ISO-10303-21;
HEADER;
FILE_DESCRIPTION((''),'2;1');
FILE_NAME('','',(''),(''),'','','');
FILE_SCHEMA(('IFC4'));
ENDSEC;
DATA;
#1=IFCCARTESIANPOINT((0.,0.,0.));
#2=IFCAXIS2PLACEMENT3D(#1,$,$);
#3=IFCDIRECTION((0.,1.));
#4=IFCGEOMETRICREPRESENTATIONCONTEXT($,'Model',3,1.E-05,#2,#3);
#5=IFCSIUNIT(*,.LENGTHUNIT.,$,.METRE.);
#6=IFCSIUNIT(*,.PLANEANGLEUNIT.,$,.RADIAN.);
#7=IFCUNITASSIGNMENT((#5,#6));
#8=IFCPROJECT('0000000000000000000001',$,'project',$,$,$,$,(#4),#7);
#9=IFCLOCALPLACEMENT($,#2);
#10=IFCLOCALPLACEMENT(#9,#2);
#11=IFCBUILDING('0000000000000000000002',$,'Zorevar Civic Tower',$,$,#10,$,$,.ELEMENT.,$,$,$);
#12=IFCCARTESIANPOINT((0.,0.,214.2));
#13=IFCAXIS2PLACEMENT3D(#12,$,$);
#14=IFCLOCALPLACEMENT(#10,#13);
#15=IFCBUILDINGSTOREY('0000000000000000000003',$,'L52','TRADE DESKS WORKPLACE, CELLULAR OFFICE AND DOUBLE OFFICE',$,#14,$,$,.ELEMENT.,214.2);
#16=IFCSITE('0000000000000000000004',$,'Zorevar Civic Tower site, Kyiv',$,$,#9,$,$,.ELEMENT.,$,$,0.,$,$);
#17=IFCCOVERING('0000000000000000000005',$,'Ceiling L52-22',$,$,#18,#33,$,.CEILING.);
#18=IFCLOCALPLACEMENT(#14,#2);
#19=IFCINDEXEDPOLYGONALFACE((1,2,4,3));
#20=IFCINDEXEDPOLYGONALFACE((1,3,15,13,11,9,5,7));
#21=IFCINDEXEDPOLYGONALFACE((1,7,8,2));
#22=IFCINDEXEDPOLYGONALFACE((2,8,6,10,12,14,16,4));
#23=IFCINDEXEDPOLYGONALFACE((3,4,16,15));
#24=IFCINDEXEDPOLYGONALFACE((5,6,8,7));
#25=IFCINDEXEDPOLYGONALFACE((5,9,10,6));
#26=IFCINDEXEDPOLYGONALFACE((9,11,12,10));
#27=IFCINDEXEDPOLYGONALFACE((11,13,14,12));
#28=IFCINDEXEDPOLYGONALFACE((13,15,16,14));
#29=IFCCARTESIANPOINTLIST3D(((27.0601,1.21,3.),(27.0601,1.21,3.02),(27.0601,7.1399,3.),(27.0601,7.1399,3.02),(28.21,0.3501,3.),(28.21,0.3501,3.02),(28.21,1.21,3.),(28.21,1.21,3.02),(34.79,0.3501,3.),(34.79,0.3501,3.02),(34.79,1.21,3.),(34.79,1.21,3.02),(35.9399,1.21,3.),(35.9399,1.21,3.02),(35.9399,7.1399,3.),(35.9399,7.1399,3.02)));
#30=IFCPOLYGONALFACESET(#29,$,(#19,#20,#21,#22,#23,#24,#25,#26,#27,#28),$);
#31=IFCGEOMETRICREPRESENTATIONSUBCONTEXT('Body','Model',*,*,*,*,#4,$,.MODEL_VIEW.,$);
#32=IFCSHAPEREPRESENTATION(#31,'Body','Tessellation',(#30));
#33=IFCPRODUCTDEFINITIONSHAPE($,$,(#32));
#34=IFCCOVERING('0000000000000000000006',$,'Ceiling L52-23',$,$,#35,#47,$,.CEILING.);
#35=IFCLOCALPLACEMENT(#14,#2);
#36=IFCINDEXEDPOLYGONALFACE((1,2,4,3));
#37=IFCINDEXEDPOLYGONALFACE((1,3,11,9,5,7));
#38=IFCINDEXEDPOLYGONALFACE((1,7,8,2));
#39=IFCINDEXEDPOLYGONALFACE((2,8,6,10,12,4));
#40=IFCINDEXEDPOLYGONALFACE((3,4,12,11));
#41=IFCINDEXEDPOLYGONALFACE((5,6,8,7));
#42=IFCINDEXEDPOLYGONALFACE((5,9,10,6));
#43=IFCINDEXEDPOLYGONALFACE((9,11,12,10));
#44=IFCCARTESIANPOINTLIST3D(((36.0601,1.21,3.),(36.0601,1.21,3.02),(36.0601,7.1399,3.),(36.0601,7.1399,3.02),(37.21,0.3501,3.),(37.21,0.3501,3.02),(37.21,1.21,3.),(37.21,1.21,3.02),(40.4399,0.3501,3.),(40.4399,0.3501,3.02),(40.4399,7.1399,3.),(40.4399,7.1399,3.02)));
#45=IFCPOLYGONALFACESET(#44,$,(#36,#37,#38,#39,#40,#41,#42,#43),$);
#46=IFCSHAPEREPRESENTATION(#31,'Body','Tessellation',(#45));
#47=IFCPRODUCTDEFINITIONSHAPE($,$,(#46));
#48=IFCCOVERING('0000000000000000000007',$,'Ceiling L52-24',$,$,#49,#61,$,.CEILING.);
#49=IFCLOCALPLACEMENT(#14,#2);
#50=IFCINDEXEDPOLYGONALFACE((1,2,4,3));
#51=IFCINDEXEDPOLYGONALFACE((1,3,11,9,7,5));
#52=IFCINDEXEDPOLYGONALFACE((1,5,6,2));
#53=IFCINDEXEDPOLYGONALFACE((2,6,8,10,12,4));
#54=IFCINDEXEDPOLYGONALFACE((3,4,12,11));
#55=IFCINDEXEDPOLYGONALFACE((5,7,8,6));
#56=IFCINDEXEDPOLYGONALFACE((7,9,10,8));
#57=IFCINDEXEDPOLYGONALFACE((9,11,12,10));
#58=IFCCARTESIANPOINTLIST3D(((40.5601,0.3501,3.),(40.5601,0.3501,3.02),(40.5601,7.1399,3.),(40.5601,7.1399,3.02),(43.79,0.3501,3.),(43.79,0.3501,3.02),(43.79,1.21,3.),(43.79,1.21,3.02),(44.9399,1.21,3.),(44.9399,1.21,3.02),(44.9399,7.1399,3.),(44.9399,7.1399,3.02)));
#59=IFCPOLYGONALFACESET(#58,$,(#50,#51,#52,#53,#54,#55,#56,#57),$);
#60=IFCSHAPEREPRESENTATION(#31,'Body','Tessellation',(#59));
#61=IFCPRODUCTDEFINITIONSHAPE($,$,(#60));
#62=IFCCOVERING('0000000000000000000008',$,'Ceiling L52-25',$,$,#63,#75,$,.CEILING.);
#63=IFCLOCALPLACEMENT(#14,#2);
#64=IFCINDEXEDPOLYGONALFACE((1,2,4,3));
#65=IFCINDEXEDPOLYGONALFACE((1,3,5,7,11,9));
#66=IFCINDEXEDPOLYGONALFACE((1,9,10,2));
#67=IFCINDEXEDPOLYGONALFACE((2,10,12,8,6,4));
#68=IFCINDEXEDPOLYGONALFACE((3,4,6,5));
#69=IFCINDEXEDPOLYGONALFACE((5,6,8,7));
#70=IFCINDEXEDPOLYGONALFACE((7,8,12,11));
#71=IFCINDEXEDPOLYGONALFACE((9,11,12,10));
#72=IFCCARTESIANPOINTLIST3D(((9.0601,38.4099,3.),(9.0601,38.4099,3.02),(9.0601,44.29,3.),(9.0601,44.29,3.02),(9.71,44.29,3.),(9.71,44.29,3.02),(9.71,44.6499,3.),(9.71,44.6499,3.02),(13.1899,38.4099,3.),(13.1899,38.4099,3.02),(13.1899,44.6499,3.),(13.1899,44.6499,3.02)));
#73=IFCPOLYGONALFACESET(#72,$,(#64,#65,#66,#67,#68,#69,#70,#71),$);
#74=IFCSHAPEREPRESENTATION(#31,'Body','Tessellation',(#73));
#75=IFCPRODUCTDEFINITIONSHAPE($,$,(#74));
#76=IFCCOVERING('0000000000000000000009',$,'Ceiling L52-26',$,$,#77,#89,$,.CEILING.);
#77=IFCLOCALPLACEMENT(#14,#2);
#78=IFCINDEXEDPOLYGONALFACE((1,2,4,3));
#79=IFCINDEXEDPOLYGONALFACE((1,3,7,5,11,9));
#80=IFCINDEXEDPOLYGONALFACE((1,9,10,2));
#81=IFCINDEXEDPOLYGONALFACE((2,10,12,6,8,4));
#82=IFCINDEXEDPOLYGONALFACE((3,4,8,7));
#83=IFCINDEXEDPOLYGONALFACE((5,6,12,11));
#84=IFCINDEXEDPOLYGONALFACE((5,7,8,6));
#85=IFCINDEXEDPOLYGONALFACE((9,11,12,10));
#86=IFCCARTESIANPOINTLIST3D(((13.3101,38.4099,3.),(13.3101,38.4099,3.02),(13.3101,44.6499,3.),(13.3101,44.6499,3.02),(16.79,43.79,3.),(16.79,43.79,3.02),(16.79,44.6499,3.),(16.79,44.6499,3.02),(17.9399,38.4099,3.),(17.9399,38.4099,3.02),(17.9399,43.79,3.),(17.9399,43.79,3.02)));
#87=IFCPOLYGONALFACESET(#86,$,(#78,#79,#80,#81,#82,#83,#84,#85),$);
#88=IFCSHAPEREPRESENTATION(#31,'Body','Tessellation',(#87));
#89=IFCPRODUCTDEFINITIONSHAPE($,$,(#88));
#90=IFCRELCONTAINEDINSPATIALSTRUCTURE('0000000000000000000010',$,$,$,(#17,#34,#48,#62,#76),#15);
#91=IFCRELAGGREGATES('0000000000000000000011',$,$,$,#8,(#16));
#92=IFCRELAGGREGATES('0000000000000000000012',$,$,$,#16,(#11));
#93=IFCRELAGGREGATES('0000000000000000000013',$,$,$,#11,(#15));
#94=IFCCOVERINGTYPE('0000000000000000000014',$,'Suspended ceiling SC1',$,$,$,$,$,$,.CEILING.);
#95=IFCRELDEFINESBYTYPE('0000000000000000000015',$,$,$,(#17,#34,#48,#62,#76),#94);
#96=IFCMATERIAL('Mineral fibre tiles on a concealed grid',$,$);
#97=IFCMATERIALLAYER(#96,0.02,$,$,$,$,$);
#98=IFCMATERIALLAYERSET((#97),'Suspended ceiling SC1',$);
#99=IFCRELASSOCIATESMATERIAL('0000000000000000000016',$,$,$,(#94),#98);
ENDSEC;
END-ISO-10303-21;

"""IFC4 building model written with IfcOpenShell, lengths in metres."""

from ifc_helpers import new_model, si_unit, direction, frame, origin, place, context, subcontext, project, spatial, polyline, outline, extrude, material, layer, layer_set, type_object, element, save


model = new_model("IFC4")

# Units and contexts
model_context = context("Model", 3, precision=1e-05, world=origin(), true_north=direction((0.0, 1.0)))
body_context = subcontext(model_context, "Body", "Model", "MODEL_VIEW")
ifc_project = project(units=[si_unit("LENGTHUNIT", "METRE"), si_unit("PLANEANGLEUNIT", "RADIAN")], contexts=[model_context])

# Site, building, storey
site_placement = place(None, origin())
site = spatial("IfcSite", under=ifc_project, at=site_placement, Name="Zorevar Civic Tower site, Kyiv", CompositionType="ELEMENT", RefElevation=0.0)
building_placement = place(site_placement, origin())
building = spatial("IfcBuilding", under=site, at=building_placement, Name="Zorevar Civic Tower", CompositionType="ELEMENT")
storey_placement = place(building_placement, frame((0.0, 0.0, 214.2)))
storey = spatial("IfcBuildingStorey", under=building, at=storey_placement, Name="L52", Description="TRADE DESKS WORKPLACE, CELLULAR OFFICE AND DOUBLE OFFICE", CompositionType="ELEMENT", Elevation=214.2)

# Coverings
ifc_material_1 = material(Name="Mineral fibre tiles on a concealed grid")
ifc_layer_1 = layer(ifc_material_1, 0.02)
ifc_layer_set_1 = layer_set([ifc_layer_1], Name="Suspended ceiling SC1")
covering_type_1 = type_object("IfcCoveringType", Name="Suspended ceiling SC1", PredefinedType="CEILING", material=ifc_layer_set_1)
covering_1_placement = place(storey_placement, frame((0.0, 0.0, 3.0)))
element("IfcCovering", 1, at=covering_1_placement, inside=storey, type_object=covering_type_1, Name="Ceiling L52-22", PredefinedType="CEILING", context=body_context, shape_type="SweptSolid", body=[
    extrude(outline(polyline([(28.21, 0.3501), (28.21, 1.21), (27.0601, 1.21), (27.0601, 7.1399), (35.9399, 7.1399), (35.9399, 1.21), (34.79, 1.21), (34.79, 0.3501), (28.21, 0.3501)])), origin(), (0.0, 0.0, 1.0), 0.02),
])
covering_2_placement = place(storey_placement, frame((0.0, 0.0, 3.0)))
element("IfcCovering", 2, at=covering_2_placement, inside=storey, type_object=covering_type_1, Name="Ceiling L52-23", PredefinedType="CEILING", context=body_context, shape_type="SweptSolid", body=[
    extrude(outline(polyline([(40.4399, 7.1399), (40.4399, 0.3501), (37.21, 0.3501), (37.21, 1.21), (36.0601, 1.21), (36.0601, 7.1399), (40.4399, 7.1399)])), origin(), (0.0, 0.0, 1.0), 0.02),
])
covering_3_placement = place(storey_placement, frame((0.0, 0.0, 3.0)))
element("IfcCovering", 3, at=covering_3_placement, inside=storey, type_object=covering_type_1, Name="Ceiling L52-24", PredefinedType="CEILING", context=body_context, shape_type="SweptSolid", body=[
    extrude(outline(polyline([(44.9399, 7.1399), (44.9399, 1.21), (43.79, 1.21), (43.79, 0.3501), (40.5601, 0.3501), (40.5601, 7.1399), (44.9399, 7.1399)])), origin(), (0.0, 0.0, 1.0), 0.02),
])
covering_4_placement = place(storey_placement, frame((0.0, 0.0, 3.0)))
element("IfcCovering", 4, at=covering_4_placement, inside=storey, type_object=covering_type_1, Name="Ceiling L52-25", PredefinedType="CEILING", context=body_context, shape_type="SweptSolid", body=[
    extrude(outline(polyline([(9.0601, 38.4099), (9.0601, 44.29), (9.71, 44.29), (9.71, 44.6499), (13.1899, 44.6499), (13.1899, 38.4099), (9.0601, 38.4099)])), origin(), (0.0, 0.0, 1.0), 0.02),
])
covering_5_placement = place(storey_placement, frame((0.0, 0.0, 3.0)))
element("IfcCovering", 5, at=covering_5_placement, inside=storey, type_object=covering_type_1, Name="Ceiling L52-26", PredefinedType="CEILING", context=body_context, shape_type="SweptSolid", body=[
    extrude(outline(polyline([(13.3101, 38.4099), (13.3101, 44.6499), (16.79, 44.6499), (16.79, 43.79), (17.9399, 43.79), (17.9399, 38.4099), (13.3101, 38.4099)])), origin(), (0.0, 0.0, 1.0), 0.02),
])

save(model, "model.ifc")
